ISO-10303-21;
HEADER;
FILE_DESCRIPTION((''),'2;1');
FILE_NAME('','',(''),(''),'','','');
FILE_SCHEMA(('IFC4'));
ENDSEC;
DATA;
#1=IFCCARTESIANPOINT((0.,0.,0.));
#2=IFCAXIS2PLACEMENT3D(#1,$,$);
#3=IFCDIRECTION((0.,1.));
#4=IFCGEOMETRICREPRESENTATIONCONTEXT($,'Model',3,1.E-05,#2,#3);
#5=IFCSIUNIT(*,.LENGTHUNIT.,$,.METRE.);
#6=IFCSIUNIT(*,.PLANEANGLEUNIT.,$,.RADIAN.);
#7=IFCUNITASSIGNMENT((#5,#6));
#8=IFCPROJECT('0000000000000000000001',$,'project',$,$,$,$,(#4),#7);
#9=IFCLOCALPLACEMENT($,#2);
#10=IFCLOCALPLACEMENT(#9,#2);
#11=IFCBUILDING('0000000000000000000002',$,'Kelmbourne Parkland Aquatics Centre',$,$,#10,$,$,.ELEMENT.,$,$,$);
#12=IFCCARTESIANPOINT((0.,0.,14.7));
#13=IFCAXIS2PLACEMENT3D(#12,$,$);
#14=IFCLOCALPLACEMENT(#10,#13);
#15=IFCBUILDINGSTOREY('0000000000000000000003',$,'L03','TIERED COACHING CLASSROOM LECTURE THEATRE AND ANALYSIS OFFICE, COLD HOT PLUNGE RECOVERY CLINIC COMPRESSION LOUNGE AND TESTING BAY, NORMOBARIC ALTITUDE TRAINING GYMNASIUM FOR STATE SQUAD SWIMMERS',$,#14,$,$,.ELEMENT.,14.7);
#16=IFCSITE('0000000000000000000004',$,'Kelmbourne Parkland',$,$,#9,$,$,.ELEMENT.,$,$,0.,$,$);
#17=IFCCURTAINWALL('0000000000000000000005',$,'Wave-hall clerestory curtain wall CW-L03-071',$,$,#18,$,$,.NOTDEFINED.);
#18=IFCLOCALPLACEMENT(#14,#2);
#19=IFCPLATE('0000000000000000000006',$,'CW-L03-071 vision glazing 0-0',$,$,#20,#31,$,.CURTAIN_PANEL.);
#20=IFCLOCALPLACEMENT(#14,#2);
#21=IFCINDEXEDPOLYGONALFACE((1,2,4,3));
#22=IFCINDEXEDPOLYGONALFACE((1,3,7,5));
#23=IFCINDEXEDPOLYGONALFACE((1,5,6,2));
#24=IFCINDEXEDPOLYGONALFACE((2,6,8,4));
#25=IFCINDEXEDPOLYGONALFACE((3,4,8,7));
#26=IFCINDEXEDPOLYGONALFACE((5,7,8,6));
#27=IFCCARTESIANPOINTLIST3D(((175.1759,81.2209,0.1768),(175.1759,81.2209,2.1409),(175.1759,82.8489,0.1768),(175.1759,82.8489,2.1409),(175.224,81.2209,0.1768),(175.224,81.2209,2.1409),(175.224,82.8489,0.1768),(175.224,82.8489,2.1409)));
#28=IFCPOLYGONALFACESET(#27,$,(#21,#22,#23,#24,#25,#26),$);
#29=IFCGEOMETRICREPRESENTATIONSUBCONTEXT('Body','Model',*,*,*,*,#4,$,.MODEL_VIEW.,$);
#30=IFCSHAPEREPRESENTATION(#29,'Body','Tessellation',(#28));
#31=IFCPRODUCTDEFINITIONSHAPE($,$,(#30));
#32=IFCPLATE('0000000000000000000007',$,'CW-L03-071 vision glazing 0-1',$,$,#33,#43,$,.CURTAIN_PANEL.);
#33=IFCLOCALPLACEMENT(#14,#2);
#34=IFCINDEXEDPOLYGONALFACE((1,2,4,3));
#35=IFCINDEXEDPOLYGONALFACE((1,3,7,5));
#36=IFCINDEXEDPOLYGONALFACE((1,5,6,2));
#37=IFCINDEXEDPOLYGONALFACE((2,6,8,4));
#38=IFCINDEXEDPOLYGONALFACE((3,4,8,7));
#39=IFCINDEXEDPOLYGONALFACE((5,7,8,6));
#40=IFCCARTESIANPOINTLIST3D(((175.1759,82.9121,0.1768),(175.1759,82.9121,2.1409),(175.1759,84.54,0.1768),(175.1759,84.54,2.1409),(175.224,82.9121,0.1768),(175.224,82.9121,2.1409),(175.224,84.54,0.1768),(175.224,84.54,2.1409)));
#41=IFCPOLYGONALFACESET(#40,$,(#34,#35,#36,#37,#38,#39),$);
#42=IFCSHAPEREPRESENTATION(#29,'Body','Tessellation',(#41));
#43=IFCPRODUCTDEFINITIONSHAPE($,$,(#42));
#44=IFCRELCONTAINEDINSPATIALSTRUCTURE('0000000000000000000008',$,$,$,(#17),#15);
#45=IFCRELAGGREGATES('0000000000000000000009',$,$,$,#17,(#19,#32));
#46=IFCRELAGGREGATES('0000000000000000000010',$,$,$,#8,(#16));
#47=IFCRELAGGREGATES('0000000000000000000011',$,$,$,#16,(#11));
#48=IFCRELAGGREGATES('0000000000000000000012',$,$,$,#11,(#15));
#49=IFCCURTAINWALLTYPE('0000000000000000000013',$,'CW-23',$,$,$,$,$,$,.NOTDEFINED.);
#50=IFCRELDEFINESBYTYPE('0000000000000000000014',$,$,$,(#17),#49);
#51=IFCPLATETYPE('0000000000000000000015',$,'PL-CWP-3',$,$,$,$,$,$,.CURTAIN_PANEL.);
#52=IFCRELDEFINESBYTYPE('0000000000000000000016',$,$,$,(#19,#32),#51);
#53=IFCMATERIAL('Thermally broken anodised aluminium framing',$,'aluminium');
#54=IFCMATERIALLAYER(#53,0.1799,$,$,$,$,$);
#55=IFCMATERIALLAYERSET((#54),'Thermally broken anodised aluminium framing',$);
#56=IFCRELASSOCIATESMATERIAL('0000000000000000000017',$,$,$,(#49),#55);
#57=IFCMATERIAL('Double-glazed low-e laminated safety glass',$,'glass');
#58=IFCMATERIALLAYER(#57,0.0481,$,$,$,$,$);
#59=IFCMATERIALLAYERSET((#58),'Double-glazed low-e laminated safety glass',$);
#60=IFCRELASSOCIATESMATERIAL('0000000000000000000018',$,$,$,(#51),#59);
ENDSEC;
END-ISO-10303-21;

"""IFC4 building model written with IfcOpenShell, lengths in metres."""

from ifc_helpers import new_model, si_unit, direction, frame, origin, origin_2d, place, context, subcontext, project, spatial, rectangle, extrude, material, layer, layer_set, type_object, element, aggregate, save


model = new_model("IFC4")

# Units and contexts
model_context = context("Model", 3, precision=1e-05, world=origin(), true_north=direction((0.0, 1.0)))
body_context = subcontext(model_context, "Body", "Model", "MODEL_VIEW")
ifc_project = project(units=[si_unit("LENGTHUNIT", "METRE"), si_unit("PLANEANGLEUNIT", "RADIAN")], contexts=[model_context])

# Site, building, storey
site_placement = place(None, origin())
site = spatial("IfcSite", under=ifc_project, at=site_placement, Name="Kelmbourne Parkland", CompositionType="ELEMENT", RefElevation=0.0)
building_placement = place(site_placement, origin())
building = spatial("IfcBuilding", under=site, at=building_placement, Name="Kelmbourne Parkland Aquatics Centre", CompositionType="ELEMENT")
storey_placement = place(building_placement, frame((0.0, 0.0, 14.7)))
storey = spatial("IfcBuildingStorey", under=building, at=storey_placement, Name="L03", Description="TIERED COACHING CLASSROOM LECTURE THEATRE AND ANALYSIS OFFICE, COLD HOT PLUNGE RECOVERY CLINIC COMPRESSION LOUNGE AND TESTING BAY, NORMOBARIC ALTITUDE TRAINING GYMNASIUM FOR STATE SQUAD SWIMMERS", CompositionType="ELEMENT", Elevation=14.7)

# Shared definitions
ifc_material_1 = material(Name="Thermally broken anodised aluminium framing", Category="aluminium")

# Curtain wall
ifc_layer_1 = layer(ifc_material_1, 0.1799)
ifc_layer_set_1 = layer_set([ifc_layer_1], Name="Thermally broken anodised aluminium framing")
curtain_wall_type_1 = type_object("IfcCurtainWallType", Name="CW-23", PredefinedType="NOTDEFINED", material=ifc_layer_set_1)
curtain_wall_1_placement = place(storey_placement, origin())
curtain_wall_1 = element("IfcCurtainWall", 1, at=curtain_wall_1_placement, inside=storey, type_object=curtain_wall_type_1, Name="Wave-hall clerestory curtain wall CW-L03-071", PredefinedType="NOTDEFINED")

# Plates
ifc_material_2 = material(Name="Double-glazed low-e laminated safety glass", Category="glass")
ifc_layer_2 = layer(ifc_material_2, 0.0481)
ifc_layer_set_2 = layer_set([ifc_layer_2], Name="Double-glazed low-e laminated safety glass")
plate_type_1 = type_object("IfcPlateType", Name="PL-CWP-3", PredefinedType="CURTAIN_PANEL", material=ifc_layer_set_2)
plate_1_placement = place(storey_placement, frame((175.2, 82.0349, 0.1768), z_axis=(0.0, 0.0, 1.0), x_axis=(0.0, 1.0, 0.0)))
plate_1 = element("IfcPlate", 2, at=plate_1_placement, type_object=plate_type_1, Name="CW-L03-071 vision glazing 0-0", PredefinedType="CURTAIN_PANEL", context=body_context, shape_type="SweptSolid", body=[
    extrude(rectangle(XDim=1.6279, YDim=0.0481, at=origin_2d()), origin(), (0.0, 0.0, 1.0), 1.9641),
])
plate_2_placement = place(storey_placement, frame((175.2, 83.7261, 0.1768), z_axis=(0.0, 0.0, 1.0), x_axis=(0.0, 1.0, 0.0)))
plate_2 = element("IfcPlate", 3, at=plate_2_placement, type_object=plate_type_1, Name="CW-L03-071 vision glazing 0-1", PredefinedType="CURTAIN_PANEL", context=body_context, shape_type="SweptSolid", body=[
    extrude(rectangle(XDim=1.6279, YDim=0.0481, at=origin_2d()), origin(), (0.0, 0.0, 1.0), 1.9641),
])
aggregate(curtain_wall_1, [plate_1, plate_2])

save(model, "model.ifc")
